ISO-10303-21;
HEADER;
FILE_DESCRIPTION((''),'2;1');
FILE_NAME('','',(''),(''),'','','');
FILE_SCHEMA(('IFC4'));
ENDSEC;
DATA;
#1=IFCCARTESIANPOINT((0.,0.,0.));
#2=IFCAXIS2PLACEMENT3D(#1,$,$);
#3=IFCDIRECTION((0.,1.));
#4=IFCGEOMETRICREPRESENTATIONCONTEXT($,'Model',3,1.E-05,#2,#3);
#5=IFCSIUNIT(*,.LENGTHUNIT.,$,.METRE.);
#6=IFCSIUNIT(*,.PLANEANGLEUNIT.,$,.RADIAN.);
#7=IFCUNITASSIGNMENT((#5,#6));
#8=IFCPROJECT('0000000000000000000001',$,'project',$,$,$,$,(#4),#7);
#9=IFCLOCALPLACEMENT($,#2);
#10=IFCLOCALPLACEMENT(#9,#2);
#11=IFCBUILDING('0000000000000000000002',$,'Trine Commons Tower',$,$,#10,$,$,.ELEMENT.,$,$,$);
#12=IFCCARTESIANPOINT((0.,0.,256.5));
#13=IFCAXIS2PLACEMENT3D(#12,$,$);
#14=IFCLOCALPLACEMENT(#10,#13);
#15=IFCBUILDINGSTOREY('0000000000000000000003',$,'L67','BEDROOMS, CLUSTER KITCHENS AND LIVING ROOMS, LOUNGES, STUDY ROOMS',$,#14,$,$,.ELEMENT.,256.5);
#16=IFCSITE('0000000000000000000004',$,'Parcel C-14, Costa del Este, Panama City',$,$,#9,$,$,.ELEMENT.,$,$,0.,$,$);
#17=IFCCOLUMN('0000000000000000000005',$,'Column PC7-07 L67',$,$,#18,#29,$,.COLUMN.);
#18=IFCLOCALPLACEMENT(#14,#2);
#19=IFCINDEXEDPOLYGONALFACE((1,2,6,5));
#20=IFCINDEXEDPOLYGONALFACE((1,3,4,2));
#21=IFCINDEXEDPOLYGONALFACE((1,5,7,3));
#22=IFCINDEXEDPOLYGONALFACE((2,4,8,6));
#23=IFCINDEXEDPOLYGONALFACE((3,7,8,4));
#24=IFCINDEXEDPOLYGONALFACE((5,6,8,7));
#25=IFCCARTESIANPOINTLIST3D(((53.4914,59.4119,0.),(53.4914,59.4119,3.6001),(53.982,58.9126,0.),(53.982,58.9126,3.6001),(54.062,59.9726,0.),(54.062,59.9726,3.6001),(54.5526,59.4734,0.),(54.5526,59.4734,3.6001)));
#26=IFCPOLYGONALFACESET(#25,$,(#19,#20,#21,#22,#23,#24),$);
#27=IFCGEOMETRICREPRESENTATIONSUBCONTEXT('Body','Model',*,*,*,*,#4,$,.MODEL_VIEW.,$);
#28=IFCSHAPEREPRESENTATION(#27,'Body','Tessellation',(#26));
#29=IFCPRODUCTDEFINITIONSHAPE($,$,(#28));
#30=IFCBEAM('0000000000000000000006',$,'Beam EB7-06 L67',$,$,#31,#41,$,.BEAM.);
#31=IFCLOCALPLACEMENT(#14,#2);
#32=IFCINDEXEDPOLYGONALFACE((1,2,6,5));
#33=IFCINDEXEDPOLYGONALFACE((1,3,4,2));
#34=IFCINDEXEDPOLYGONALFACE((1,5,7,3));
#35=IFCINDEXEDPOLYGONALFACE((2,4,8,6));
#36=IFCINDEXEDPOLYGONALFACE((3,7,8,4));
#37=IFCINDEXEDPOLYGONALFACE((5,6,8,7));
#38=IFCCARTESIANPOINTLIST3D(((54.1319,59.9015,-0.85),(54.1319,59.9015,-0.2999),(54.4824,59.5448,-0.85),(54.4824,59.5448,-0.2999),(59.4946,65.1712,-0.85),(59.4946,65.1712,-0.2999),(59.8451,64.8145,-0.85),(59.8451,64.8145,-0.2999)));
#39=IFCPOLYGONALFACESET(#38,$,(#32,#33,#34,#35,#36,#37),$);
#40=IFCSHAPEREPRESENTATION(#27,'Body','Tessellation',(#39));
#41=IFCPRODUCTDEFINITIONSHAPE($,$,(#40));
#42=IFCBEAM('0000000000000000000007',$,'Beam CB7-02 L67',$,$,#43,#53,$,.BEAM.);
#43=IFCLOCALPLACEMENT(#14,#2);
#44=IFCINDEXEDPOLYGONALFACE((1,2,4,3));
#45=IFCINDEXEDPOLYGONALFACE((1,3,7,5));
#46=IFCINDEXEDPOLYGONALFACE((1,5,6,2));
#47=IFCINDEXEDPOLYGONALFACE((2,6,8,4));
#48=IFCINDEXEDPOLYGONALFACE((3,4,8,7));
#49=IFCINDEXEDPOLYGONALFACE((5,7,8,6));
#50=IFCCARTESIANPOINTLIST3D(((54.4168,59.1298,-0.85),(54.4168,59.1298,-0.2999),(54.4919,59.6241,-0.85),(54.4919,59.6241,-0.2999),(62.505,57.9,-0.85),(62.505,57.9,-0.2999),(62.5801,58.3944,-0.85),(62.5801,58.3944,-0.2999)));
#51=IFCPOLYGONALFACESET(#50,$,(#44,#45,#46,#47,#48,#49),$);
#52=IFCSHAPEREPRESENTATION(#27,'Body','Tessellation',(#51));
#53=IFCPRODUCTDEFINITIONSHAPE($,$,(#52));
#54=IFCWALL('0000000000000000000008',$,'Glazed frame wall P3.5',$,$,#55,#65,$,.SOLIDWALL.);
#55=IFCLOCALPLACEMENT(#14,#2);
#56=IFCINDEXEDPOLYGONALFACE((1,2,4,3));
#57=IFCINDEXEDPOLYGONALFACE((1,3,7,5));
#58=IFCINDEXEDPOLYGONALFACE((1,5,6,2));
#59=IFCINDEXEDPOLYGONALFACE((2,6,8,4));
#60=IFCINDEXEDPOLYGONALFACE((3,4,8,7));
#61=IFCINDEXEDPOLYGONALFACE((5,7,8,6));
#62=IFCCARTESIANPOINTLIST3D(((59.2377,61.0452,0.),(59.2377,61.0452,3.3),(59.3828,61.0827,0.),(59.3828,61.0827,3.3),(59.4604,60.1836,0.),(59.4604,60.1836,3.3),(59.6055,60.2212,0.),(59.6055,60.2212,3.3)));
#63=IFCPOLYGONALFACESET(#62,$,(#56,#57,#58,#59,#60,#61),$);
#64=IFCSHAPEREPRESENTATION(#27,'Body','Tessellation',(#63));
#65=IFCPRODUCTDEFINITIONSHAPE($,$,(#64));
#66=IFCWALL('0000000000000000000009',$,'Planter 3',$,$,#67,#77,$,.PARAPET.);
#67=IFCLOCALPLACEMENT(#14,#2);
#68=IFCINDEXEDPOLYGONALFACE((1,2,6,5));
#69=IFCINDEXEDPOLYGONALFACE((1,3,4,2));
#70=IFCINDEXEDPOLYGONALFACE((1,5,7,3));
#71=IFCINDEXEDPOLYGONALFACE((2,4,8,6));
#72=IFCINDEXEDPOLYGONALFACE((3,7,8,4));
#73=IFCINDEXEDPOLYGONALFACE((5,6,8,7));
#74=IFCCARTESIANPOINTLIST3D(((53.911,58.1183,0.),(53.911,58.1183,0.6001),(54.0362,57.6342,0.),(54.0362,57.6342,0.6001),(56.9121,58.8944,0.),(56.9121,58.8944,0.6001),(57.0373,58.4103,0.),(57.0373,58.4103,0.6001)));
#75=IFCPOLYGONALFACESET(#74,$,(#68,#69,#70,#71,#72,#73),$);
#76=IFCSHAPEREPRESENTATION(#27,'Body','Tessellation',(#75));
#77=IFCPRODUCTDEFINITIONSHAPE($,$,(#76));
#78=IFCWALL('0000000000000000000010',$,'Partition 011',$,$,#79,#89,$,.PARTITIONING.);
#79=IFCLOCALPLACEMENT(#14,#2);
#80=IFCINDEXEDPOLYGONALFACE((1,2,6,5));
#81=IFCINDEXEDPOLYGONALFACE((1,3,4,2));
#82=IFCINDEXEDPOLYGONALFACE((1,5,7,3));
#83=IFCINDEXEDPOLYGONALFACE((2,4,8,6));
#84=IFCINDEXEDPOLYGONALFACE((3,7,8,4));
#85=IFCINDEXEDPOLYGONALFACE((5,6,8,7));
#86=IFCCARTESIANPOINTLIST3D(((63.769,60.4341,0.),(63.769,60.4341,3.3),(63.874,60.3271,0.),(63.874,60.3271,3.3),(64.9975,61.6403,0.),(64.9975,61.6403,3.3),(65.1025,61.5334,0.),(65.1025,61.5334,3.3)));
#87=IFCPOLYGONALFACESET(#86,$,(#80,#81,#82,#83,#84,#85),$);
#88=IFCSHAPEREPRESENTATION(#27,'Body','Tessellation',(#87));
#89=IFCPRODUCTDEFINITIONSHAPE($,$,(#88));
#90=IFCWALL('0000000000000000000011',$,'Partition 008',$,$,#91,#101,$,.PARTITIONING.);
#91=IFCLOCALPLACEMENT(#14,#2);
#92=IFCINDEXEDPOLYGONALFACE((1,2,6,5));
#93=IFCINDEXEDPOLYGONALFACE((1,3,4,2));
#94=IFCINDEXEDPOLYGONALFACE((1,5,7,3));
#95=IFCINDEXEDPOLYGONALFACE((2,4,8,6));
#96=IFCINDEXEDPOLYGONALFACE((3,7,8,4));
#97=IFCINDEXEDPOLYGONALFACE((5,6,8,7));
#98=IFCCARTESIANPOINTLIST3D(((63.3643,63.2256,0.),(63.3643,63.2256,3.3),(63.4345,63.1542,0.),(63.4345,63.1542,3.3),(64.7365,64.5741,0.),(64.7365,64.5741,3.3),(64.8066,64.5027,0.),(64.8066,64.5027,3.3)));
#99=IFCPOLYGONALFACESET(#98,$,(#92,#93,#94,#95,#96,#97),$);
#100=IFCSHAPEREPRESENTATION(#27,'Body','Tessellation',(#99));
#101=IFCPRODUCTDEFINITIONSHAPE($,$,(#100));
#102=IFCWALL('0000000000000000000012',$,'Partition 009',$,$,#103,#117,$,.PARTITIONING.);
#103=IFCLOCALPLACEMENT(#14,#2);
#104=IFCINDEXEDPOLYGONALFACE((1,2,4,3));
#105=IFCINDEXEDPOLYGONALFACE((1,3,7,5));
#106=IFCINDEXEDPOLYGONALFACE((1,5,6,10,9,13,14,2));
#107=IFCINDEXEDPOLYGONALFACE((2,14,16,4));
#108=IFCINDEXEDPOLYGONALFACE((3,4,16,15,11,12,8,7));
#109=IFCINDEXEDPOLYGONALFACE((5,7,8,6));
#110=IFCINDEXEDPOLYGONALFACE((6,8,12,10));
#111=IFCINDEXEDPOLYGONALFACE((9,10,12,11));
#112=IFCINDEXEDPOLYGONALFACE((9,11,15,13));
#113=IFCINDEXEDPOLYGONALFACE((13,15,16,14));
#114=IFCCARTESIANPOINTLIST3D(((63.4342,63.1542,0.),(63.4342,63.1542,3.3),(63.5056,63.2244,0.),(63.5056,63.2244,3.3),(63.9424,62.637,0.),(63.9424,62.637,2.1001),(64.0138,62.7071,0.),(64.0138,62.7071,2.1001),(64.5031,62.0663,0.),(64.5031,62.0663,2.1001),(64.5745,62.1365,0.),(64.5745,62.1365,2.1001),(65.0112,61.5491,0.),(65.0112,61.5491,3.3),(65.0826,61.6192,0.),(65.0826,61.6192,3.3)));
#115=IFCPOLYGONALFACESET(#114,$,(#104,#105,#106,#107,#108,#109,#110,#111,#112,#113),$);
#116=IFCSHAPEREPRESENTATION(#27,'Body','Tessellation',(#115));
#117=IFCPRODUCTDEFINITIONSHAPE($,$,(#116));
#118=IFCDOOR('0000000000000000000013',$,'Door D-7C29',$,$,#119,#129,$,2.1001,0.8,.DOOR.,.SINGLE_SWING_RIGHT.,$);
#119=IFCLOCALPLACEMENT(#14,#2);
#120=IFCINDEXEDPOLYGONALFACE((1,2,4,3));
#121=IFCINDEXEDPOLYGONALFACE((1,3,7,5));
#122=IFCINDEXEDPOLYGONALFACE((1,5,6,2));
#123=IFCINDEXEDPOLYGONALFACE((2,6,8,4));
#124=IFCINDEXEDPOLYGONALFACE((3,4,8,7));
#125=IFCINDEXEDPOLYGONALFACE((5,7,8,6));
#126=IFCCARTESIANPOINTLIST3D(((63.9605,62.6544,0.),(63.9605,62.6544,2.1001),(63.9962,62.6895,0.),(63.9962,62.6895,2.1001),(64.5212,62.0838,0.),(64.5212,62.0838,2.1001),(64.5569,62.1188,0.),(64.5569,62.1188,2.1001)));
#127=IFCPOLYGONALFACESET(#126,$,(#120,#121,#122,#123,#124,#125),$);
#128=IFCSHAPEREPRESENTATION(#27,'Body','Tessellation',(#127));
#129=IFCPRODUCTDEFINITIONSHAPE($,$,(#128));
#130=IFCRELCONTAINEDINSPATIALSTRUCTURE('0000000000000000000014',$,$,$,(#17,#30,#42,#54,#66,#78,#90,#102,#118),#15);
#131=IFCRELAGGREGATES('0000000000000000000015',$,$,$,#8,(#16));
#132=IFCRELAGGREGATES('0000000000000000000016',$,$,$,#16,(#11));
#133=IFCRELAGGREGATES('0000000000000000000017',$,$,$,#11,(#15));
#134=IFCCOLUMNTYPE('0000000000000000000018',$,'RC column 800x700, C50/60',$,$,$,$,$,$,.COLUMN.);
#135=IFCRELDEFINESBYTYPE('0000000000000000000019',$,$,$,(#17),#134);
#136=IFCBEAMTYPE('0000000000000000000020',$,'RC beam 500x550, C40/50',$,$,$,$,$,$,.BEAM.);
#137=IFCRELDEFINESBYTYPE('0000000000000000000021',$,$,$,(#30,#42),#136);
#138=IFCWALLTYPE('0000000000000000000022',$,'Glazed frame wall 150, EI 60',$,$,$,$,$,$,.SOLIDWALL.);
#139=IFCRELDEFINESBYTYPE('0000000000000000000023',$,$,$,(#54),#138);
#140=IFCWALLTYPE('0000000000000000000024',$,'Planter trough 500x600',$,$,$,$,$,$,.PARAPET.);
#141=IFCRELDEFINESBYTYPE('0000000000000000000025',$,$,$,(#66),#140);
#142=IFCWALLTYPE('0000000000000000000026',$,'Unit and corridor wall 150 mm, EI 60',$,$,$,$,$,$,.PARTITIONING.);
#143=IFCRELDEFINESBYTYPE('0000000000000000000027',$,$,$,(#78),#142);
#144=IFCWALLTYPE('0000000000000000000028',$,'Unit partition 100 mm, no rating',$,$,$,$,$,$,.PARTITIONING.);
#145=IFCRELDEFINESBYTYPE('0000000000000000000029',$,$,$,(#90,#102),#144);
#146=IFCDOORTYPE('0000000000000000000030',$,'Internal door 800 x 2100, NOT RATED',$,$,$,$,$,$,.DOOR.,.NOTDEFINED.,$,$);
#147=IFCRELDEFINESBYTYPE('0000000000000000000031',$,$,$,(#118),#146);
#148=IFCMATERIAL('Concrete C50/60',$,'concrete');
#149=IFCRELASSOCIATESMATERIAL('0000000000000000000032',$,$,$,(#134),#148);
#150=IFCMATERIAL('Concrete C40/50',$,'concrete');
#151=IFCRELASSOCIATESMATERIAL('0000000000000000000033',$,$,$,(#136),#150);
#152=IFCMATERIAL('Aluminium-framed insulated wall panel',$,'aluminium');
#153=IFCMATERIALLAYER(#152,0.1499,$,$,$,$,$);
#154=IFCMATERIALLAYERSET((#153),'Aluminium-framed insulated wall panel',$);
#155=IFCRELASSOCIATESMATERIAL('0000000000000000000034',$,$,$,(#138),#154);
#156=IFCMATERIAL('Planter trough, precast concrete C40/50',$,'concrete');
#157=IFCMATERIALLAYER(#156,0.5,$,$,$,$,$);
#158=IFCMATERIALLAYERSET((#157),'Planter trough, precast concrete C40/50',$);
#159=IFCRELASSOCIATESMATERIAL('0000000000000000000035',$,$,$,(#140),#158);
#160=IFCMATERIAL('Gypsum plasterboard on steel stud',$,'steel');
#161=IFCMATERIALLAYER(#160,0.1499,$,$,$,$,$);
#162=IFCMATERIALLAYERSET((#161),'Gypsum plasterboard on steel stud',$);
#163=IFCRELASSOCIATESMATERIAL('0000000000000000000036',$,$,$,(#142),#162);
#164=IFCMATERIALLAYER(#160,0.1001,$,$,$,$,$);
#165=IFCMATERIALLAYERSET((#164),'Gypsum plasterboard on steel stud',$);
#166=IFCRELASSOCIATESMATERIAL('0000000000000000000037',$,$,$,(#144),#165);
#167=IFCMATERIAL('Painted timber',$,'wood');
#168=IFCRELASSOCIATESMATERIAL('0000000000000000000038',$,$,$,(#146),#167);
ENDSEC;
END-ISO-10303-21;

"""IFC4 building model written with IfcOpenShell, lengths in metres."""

from ifc_helpers import new_model, si_unit, direction, frame, frame_2d, origin, origin_2d, place, context, subcontext, project, spatial, polyline, rectangle, outline, extrude, material, layer, layer_set, material_profile, profile_set, type_object, element, fill, save


model = new_model("IFC4")

# Units and contexts
model_context = context("Model", 3, precision=1e-05, world=origin(), true_north=direction((0.0, 1.0)))
body_context = subcontext(model_context, "Body", "Model", "MODEL_VIEW")
ifc_project = project(units=[si_unit("LENGTHUNIT", "METRE"), si_unit("PLANEANGLEUNIT", "RADIAN")], contexts=[model_context])

# Site, building, storey
site_placement = place(None, origin())
site = spatial("IfcSite", under=ifc_project, at=site_placement, Name="Parcel C-14, Costa del Este, Panama City", CompositionType="ELEMENT", RefElevation=0.0)
building_placement = place(site_placement, origin())
building = spatial("IfcBuilding", under=site, at=building_placement, Name="Trine Commons Tower", CompositionType="ELEMENT")
storey_placement = place(building_placement, frame((0.0, 0.0, 256.5)))
storey = spatial("IfcBuildingStorey", under=building, at=storey_placement, Name="L67", Description="BEDROOMS, CLUSTER KITCHENS AND LIVING ROOMS, LOUNGES, STUDY ROOMS", CompositionType="ELEMENT", Elevation=256.5)

# Column
ifc_material_1 = material(Name="Concrete C50/60", Category="concrete")
ifc_material_profile_1 = material_profile(ifc_material_1, rectangle(XDim=0.8, YDim=0.7, at=origin_2d()), Name="RC 800x700")
ifc_profile_set_1 = profile_set([ifc_material_profile_1], Name="Concrete C50/60")
column_type = type_object("IfcColumnType", Name="RC column 800x700, C50/60", PredefinedType="COLUMN", material=ifc_profile_set_1)
column_placement = place(storey_placement, frame((54.022, 59.4426, 0.0), z_axis=(0.0, 0.0, 1.0), x_axis=(0.71325, 0.700909, 0.0)))
element("IfcColumn", 1, at=column_placement, inside=storey, type_object=column_type, Name="Column PC7-07 L67", PredefinedType="COLUMN", context=body_context, shape_type="SweptSolid", body=[
    extrude(rectangle(XDim=0.8, YDim=0.7, at=origin_2d()), origin(), (0.0, 0.0, 1.0), 3.6001),
])

# Beams
ifc_material_2 = material(Name="Concrete C40/50", Category="concrete")
ifc_material_profile_2 = material_profile(ifc_material_2, rectangle(XDim=0.5, YDim=0.55, at=origin_2d()), Name="RC 500x550")
ifc_profile_set_2 = profile_set([ifc_material_profile_2], Name="Concrete C40/50")
beam_type = type_object("IfcBeamType", Name="RC beam 500x550, C40/50", PredefinedType="BEAM", material=ifc_profile_set_2)
beam_1_placement = place(storey_placement, frame((54.3071, 59.7231, -0.575), z_axis=(0.713266, 0.700894, 0.0), x_axis=(-0.700894, 0.713266, 0.0)))
element("IfcBeam", 2, at=beam_1_placement, inside=storey, type_object=beam_type, Name="Beam EB7-06 L67", PredefinedType="BEAM", context=body_context, shape_type="SweptSolid", body=[
    extrude(rectangle(XDim=0.5, YDim=0.55, at=origin_2d()), origin(), (0.0, 0.0, 1.0), 7.5186),
])
beam_2_placement = place(storey_placement, frame((54.4543, 59.377, -0.575), z_axis=(0.988638, -0.150315, 0.0), x_axis=(0.150315, 0.988638, 0.0)))
element("IfcBeam", 3, at=beam_2_placement, inside=storey, type_object=beam_type, Name="Beam CB7-02 L67", PredefinedType="BEAM", context=body_context, shape_type="SweptSolid", body=[
    extrude(rectangle(XDim=0.5, YDim=0.55, at=origin_2d()), origin(), (0.0, 0.0, 1.0), 8.1812),
])

# Shared definitions
ifc_material_3 = material(Name="Aluminium-framed insulated wall panel", Category="aluminium")
ifc_layer_1 = layer(ifc_material_3, 0.1499)
ifc_layer_set_1 = layer_set([ifc_layer_1], Name="Aluminium-framed insulated wall panel")
wall_type_1 = type_object("IfcWallType", Name="Glazed frame wall 150, EI 60", PredefinedType="SOLIDWALL", material=ifc_layer_set_1)

# Walls
wall_1_placement = place(storey_placement, frame((59.533, 60.2024, 0.0), z_axis=(0.0, 0.0, 1.0), x_axis=(-0.250284, 0.968172, 0.0)))
element("IfcWall", 4, at=wall_1_placement, inside=storey, type_object=wall_type_1, Name="Glazed frame wall P3.5", PredefinedType="SOLIDWALL", context=body_context, shape_type="SweptSolid", body=[
    extrude(outline(polyline([(0.8899, 0.075), (0.0, 0.075), (0.0, -0.075), (0.8899, -0.075), (0.8899, 0.075)])), origin(), (0.0, 0.0, 1.0), 3.3),
])
ifc_material_4 = material(Name="Planter trough, precast concrete C40/50", Category="concrete")
ifc_layer_2 = layer(ifc_material_4, 0.5)
ifc_layer_set_2 = layer_set([ifc_layer_2], Name="Planter trough, precast concrete C40/50")
wall_type_2 = type_object("IfcWallType", Name="Planter trough 500x600", PredefinedType="PARAPET", material=ifc_layer_set_2)
wall_2_placement = place(storey_placement, frame((56.9746, 58.6523, 0.0), z_axis=(0.0, 0.0, 1.0), x_axis=(-0.968151, -0.250366, 0.0)))
element("IfcWall", 5, at=wall_2_placement, inside=storey, type_object=wall_type_2, Name="Planter 3", PredefinedType="PARAPET", context=body_context, shape_type="SweptSolid", body=[
    extrude(rectangle(XDim=3.0999, YDim=0.5, at=frame_2d((1.5498, 0.0))), origin(), (0.0, 0.0, 1.0), 0.6001),
])
ifc_material_5 = material(Name="Gypsum plasterboard on steel stud", Category="steel")
ifc_layer_3 = layer(ifc_material_5, 0.1499)
ifc_layer_set_3 = layer_set([ifc_layer_3], Name="Gypsum plasterboard on steel stud")
wall_type_3 = type_object("IfcWallType", Name="Unit and corridor wall 150 mm, EI 60", PredefinedType="PARTITIONING", material=ifc_layer_set_3)
wall_3_placement = place(storey_placement, frame((63.8215, 60.3806, 0.0), z_axis=(0.0, 0.0, 1.0), x_axis=(0.713529, 0.700626, 0.0)))
element("IfcWall", 6, at=wall_3_placement, inside=storey, type_object=wall_type_3, Name="Partition 011", PredefinedType="PARTITIONING", context=body_context, shape_type="SweptSolid", body=[
    extrude(rectangle(XDim=1.7217, YDim=0.1499, at=frame_2d((0.8608, 0.0))), origin(), (0.0, 0.0, 1.0), 3.3),
])
ifc_layer_4 = layer(ifc_material_5, 0.1001)
ifc_layer_set_4 = layer_set([ifc_layer_4], Name="Gypsum plasterboard on steel stud")
wall_type_4 = type_object("IfcWallType", Name="Unit partition 100 mm, no rating", PredefinedType="PARTITIONING", material=ifc_layer_set_4)
wall_4_placement = place(storey_placement, frame((63.3994, 63.1899, 0.0), z_axis=(0.0, 0.0, 1.0), x_axis=(0.713235, 0.700925, 0.0)))
element("IfcWall", 7, at=wall_4_placement, inside=storey, type_object=wall_type_4, Name="Partition 008", PredefinedType="PARTITIONING", context=body_context, shape_type="SweptSolid", body=[
    extrude(rectangle(XDim=1.9238, YDim=0.1001, at=frame_2d((0.9619, 0.0))), origin(), (0.0, 0.0, 1.0), 3.3),
])

# Wall, opening, door
wall_5_placement = place(storey_placement, frame((63.47, 63.1892, 0.0), z_axis=(0.0, 0.0, 1.0), x_axis=(0.700841, -0.713317, 0.0)))
wall_5 = element("IfcWall", 8, at=wall_5_placement, inside=storey, type_object=wall_type_4, Name="Partition 009", PredefinedType="PARTITIONING", context=body_context, shape_type="SweptSolid", body=[
    extrude(rectangle(XDim=2.2502, YDim=0.1001, at=frame_2d((1.125, 0.0))), origin(), (0.0, 0.0, 1.0), 3.3),
])
opening_1_placement = place(wall_5_placement, frame((0.7251, 0.0, 0.0)))
opening_1 = element("IfcOpeningElement", 9, at=opening_1_placement, cuts=wall_5, PredefinedType="OPENING", context=body_context, shape_type="SweptSolid", body=[
    extrude(rectangle(XDim=0.8, YDim=2.1001, at=frame_2d((0.3999, 1.05))), frame((0.0, 0.0601, 0.0), z_axis=(0.0, -1.0, 0.0), x_axis=(1.0, 0.0, 0.0)), (0.0, 0.0, 1.0), 0.1201),
])
ifc_material_6 = material(Name="Painted timber", Category="wood")
door_type_1 = type_object("IfcDoorType", Name="Internal door 800 x 2100, NOT RATED", OperationType="NOTDEFINED", PredefinedType="DOOR", material=ifc_material_6)
door_1_placement = place(opening_1_placement, frame((0.8, 0.0, 0.0), z_axis=(0.0, 0.0, 1.0), x_axis=(-1.0, 0.0, 0.0)))
door_1 = element("IfcDoor", 10, at=door_1_placement, inside=storey, type_object=door_type_1, Name="Door D-7C29", OperationType="SINGLE_SWING_RIGHT", OverallHeight=2.1001, OverallWidth=0.8, PredefinedType="DOOR", context=body_context, shape_type="SweptSolid", body=[
    extrude(rectangle(XDim=0.8, YDim=2.1001, at=frame_2d((0.3999, 1.05))), frame((0.0, 0.0249, 0.0), z_axis=(0.0, -1.0, 0.0), x_axis=(1.0, 0.0, 0.0)), (0.0, 0.0, 1.0), 0.05),
])
fill(opening_1, door_1)

save(model, "model.ifc")
